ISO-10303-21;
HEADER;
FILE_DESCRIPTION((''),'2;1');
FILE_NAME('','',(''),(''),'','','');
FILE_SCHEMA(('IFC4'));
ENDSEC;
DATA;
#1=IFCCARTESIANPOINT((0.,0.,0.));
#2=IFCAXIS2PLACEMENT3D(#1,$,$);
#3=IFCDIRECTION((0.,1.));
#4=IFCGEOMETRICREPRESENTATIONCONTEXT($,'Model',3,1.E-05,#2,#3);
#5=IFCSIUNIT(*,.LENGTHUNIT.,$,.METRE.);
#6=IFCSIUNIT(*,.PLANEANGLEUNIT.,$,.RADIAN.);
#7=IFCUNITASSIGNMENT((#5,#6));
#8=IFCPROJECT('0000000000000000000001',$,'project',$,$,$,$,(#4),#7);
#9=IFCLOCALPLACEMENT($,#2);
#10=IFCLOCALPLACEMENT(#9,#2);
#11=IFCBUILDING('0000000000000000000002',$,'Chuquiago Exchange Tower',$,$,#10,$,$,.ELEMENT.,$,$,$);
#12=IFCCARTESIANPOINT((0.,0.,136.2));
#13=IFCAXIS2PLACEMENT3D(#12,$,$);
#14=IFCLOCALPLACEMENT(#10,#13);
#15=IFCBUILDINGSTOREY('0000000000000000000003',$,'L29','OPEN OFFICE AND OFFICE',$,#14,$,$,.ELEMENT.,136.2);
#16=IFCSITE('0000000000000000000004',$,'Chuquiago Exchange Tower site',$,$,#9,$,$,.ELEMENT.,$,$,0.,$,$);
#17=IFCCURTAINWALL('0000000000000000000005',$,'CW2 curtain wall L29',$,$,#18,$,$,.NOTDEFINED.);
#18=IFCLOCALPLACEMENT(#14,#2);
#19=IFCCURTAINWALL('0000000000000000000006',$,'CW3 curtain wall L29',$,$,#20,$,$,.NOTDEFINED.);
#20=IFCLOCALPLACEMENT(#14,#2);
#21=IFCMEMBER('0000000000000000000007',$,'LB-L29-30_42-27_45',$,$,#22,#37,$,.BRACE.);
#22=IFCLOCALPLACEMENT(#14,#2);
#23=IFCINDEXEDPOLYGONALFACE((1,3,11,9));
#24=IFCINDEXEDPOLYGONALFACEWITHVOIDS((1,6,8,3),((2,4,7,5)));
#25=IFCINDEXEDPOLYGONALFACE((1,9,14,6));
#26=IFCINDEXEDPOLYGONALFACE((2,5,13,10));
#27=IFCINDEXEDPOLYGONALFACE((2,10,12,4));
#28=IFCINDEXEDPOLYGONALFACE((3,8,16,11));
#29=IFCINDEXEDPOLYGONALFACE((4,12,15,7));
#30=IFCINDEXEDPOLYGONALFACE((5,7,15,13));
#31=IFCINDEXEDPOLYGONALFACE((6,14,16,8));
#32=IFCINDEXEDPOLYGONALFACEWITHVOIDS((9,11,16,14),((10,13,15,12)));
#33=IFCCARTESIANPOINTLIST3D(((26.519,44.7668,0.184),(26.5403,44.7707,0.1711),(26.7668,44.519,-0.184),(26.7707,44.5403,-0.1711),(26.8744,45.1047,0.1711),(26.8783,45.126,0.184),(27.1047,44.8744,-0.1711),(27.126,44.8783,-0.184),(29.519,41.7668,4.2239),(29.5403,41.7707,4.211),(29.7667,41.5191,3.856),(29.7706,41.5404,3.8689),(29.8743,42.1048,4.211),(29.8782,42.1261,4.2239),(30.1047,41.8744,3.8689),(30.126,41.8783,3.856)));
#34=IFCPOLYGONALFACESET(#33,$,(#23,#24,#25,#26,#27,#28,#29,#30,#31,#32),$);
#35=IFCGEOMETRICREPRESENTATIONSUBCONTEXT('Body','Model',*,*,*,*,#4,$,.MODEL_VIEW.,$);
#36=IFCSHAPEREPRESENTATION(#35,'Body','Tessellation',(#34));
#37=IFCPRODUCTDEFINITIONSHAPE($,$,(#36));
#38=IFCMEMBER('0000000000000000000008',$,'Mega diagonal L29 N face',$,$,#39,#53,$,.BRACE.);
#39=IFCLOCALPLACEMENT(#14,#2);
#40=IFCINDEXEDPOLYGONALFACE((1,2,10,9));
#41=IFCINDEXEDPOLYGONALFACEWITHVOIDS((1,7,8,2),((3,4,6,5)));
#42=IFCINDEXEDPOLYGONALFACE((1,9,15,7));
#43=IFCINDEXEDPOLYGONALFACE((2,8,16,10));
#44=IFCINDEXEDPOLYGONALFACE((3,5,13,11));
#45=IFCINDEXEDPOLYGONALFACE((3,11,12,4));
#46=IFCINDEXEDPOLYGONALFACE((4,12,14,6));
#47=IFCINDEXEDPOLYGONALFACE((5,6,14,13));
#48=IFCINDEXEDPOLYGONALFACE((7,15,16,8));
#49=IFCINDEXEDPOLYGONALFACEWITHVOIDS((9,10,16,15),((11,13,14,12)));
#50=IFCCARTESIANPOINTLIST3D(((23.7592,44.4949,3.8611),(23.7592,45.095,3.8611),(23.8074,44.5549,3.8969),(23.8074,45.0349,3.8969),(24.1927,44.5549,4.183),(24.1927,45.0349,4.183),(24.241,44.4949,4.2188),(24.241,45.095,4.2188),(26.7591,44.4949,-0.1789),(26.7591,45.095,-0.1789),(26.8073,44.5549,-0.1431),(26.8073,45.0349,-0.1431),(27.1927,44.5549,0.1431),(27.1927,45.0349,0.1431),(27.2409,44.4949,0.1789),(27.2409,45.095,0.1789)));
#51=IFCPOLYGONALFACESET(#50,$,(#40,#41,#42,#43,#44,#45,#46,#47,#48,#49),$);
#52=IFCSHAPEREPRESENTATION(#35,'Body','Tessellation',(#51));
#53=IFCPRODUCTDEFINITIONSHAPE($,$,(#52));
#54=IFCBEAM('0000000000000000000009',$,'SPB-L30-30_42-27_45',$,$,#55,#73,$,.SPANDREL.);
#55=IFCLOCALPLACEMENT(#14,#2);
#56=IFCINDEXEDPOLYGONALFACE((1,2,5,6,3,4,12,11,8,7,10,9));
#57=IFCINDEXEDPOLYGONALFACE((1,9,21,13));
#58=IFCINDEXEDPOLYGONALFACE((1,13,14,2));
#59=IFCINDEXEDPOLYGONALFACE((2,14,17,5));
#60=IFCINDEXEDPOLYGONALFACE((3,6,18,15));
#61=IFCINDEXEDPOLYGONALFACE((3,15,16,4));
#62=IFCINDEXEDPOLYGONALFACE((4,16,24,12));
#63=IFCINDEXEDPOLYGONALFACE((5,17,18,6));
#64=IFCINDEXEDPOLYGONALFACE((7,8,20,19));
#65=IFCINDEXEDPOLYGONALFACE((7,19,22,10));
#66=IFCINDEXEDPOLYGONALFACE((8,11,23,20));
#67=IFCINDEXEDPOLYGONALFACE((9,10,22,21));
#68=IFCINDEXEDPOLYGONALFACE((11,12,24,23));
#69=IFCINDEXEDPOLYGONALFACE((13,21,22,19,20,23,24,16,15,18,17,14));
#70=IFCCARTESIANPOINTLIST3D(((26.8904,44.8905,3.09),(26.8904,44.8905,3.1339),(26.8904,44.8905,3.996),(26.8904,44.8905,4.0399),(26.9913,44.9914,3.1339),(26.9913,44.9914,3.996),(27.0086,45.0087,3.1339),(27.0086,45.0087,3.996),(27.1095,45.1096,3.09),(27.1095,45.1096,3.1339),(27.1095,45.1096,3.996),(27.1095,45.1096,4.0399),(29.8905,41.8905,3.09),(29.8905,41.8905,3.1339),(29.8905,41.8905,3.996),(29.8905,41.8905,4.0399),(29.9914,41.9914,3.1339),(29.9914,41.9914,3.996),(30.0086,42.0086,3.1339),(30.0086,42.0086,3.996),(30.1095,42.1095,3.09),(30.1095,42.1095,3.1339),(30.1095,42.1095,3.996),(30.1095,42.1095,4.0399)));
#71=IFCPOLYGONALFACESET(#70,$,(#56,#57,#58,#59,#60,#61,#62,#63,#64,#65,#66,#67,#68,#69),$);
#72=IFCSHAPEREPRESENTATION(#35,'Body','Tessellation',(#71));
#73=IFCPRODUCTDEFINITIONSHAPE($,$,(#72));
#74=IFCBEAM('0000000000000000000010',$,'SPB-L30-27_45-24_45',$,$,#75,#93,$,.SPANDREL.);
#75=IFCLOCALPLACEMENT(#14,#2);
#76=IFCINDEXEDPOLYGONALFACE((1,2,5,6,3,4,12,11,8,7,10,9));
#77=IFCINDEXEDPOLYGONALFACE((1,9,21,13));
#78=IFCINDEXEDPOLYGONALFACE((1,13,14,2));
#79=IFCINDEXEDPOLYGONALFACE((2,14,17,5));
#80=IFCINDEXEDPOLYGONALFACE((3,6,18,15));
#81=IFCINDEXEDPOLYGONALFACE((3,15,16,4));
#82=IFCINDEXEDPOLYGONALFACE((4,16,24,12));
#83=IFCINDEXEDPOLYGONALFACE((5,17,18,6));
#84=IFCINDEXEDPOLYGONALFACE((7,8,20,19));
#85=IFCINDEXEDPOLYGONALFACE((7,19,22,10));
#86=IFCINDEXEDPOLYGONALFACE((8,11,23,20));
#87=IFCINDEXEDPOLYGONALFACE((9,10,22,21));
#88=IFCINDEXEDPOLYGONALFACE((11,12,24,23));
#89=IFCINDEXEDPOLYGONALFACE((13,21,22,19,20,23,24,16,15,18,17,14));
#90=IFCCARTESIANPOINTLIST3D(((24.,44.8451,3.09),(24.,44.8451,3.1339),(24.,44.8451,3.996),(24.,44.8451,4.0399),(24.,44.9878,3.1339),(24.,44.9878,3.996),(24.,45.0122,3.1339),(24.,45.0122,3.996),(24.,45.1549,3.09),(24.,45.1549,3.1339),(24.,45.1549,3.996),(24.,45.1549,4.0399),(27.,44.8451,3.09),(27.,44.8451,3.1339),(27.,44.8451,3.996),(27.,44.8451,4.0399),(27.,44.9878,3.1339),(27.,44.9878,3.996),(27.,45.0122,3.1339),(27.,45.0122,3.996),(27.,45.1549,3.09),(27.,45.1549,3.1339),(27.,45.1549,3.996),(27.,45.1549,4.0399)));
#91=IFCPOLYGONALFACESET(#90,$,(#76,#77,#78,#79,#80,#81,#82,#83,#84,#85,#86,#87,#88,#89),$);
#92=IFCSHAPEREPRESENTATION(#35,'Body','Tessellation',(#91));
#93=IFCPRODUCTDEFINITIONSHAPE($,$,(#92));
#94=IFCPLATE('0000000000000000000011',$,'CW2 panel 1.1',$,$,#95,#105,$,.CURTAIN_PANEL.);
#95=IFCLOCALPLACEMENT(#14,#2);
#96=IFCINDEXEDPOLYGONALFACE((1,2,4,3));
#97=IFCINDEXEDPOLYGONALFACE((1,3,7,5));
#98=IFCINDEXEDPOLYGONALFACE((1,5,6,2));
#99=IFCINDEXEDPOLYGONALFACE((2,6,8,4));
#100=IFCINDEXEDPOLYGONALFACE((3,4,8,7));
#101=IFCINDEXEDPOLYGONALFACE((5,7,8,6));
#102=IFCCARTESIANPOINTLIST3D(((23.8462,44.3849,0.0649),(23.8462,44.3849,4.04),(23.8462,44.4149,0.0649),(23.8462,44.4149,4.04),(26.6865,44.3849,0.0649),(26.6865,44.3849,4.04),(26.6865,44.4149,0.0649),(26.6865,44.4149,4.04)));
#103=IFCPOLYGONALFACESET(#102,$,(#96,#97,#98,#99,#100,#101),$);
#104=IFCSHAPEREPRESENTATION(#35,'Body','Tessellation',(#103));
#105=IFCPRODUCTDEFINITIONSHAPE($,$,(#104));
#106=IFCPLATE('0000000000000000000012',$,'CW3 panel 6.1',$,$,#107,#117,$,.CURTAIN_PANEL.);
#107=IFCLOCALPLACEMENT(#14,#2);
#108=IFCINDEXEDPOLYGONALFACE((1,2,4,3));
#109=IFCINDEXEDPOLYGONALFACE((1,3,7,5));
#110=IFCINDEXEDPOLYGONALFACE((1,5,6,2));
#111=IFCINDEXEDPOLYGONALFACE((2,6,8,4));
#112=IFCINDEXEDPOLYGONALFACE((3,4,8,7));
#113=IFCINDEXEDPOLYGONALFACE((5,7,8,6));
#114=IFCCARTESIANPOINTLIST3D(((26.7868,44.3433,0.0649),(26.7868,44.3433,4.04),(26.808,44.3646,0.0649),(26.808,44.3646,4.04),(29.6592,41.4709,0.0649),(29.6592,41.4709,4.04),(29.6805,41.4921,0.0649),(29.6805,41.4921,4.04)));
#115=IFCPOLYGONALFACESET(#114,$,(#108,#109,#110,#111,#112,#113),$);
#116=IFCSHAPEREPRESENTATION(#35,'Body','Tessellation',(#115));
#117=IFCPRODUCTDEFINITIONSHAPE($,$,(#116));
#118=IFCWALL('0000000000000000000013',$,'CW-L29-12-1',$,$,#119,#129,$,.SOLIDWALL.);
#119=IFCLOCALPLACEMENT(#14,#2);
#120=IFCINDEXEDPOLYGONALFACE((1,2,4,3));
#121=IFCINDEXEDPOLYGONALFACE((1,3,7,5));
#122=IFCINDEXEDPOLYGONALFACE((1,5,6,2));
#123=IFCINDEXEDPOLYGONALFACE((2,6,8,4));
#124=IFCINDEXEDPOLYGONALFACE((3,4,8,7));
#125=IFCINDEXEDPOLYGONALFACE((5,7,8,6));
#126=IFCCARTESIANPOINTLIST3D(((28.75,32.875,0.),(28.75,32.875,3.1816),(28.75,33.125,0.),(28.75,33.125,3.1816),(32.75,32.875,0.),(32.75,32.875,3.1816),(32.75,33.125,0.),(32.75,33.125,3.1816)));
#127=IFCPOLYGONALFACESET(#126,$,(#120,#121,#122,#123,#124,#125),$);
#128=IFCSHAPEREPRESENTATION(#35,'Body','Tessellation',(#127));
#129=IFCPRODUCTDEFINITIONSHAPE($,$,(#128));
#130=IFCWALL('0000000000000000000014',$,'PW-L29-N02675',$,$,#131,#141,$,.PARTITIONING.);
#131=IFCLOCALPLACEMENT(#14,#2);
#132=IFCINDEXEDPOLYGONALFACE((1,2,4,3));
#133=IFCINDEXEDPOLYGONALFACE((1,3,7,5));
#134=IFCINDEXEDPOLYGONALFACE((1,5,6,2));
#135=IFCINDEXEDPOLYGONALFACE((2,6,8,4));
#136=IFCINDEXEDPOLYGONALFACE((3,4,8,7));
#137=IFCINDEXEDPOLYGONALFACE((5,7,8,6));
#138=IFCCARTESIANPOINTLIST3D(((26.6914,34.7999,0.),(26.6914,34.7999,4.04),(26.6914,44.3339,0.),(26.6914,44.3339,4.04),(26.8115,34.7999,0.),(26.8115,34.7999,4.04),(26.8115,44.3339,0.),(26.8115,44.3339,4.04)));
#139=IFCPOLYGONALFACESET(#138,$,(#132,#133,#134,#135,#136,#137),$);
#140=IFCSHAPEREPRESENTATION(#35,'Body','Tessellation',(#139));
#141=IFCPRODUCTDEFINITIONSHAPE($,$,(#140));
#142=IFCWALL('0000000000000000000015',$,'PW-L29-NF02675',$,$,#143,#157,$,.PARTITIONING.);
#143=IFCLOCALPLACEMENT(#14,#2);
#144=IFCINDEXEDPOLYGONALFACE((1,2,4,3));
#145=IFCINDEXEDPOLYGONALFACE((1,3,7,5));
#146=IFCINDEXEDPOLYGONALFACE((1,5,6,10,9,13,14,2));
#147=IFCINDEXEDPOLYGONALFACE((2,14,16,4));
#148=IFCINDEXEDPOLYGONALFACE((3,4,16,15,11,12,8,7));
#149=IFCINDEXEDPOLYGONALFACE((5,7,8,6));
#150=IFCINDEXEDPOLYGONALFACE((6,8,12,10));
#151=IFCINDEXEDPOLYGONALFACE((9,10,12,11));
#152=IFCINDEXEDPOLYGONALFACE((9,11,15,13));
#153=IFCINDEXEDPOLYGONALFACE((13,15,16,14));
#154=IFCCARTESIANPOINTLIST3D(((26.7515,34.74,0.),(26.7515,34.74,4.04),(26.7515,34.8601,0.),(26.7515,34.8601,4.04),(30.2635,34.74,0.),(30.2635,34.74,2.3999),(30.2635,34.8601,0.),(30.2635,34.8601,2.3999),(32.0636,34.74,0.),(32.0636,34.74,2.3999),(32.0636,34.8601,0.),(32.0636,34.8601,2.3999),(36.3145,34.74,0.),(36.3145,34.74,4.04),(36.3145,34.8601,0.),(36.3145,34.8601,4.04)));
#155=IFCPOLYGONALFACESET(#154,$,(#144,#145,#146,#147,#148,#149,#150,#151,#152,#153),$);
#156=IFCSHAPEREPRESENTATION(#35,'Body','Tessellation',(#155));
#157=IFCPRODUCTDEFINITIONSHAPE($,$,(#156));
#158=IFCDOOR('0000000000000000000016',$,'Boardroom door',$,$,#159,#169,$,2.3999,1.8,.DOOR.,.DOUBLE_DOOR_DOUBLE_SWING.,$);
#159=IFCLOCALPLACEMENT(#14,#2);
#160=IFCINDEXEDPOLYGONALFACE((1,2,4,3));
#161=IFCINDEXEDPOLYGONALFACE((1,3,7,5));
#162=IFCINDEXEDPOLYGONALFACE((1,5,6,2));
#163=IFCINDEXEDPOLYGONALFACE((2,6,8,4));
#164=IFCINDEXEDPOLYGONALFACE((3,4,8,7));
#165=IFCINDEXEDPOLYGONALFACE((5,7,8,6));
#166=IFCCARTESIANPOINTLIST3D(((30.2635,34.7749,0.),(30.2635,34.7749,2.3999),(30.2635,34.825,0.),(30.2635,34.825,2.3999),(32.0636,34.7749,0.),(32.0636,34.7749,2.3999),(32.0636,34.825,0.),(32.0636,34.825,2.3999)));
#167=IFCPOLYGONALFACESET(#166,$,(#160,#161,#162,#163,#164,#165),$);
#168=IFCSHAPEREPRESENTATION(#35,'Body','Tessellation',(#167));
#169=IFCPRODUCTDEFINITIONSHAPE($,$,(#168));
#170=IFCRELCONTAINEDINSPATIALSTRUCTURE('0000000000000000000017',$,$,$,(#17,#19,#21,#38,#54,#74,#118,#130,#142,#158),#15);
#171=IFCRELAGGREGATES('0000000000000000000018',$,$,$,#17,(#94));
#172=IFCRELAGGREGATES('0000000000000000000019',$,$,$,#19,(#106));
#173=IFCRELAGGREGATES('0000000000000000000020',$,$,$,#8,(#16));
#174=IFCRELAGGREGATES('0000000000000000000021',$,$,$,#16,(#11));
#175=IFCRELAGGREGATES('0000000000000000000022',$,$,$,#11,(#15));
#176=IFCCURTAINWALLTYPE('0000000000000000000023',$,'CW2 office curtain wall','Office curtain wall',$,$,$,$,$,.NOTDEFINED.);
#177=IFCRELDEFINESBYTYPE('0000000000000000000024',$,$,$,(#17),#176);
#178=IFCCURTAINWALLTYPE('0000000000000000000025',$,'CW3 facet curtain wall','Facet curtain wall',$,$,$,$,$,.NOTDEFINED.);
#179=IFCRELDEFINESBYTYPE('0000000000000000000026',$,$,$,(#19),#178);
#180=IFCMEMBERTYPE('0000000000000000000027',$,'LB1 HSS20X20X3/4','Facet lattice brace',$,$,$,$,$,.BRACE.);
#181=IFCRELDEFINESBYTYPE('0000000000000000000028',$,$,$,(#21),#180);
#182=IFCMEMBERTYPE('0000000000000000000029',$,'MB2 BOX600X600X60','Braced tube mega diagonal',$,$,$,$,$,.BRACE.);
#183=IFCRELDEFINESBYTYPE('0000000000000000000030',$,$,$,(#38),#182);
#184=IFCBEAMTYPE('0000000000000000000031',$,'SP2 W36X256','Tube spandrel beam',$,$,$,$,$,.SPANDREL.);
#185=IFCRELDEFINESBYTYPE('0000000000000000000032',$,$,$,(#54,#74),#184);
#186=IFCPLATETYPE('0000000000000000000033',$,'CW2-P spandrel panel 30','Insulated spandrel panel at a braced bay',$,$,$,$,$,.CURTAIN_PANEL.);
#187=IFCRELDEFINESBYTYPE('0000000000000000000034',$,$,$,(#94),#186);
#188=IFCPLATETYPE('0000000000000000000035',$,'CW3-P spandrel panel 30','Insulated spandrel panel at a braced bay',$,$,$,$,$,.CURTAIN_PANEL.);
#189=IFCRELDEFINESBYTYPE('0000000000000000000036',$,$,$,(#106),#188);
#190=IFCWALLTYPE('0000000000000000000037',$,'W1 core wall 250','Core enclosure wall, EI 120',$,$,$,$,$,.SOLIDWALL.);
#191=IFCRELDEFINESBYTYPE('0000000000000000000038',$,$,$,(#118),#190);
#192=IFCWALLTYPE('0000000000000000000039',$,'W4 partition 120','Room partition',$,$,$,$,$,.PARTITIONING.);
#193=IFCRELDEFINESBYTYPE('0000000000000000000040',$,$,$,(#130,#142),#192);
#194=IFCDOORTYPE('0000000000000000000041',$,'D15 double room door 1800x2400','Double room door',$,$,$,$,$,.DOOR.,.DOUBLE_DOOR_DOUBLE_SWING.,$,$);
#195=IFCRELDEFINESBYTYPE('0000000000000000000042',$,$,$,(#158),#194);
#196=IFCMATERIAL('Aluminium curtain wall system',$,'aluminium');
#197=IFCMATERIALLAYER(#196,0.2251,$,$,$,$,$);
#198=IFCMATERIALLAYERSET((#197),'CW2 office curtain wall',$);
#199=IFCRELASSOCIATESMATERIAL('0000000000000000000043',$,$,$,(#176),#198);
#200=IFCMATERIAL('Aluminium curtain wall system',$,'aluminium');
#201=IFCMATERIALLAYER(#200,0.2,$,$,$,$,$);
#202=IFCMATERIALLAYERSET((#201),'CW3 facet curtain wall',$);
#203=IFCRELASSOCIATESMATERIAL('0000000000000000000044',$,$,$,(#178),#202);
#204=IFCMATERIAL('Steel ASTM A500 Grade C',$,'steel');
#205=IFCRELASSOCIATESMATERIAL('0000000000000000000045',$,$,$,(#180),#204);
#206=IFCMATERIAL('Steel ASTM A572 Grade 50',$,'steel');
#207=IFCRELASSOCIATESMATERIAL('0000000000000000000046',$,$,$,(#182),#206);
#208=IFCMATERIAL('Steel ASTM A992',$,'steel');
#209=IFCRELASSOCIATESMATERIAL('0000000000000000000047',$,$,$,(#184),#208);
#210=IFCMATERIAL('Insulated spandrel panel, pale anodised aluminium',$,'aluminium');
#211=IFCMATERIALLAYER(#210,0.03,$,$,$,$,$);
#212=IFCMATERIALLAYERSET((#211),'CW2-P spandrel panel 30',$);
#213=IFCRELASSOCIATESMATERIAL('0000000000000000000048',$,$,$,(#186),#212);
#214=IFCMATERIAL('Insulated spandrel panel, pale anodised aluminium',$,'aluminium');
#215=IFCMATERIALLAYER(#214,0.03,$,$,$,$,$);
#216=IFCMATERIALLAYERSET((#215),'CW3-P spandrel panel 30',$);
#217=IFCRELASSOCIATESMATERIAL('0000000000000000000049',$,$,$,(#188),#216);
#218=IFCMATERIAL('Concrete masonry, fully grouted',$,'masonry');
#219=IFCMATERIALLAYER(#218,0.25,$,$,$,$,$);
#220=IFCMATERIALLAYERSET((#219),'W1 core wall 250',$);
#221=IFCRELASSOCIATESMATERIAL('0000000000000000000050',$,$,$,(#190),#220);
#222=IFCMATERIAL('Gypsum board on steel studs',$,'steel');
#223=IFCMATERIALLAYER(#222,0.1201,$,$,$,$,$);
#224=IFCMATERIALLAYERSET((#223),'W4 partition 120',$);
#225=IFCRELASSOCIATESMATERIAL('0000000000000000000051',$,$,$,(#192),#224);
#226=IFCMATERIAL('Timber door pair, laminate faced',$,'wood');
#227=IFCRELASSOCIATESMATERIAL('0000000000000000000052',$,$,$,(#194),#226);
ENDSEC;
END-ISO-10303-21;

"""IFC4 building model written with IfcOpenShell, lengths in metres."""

from ifc_helpers import new_model, si_unit, direction, frame, frame_2d, origin, origin_2d, place, context, subcontext, project, spatial, rectangle, hollow_rectangle, i_section, extrude, material, layer, layer_set, material_profile, profile_set, type_object, element, fill, aggregate, save


model = new_model("IFC4")

# Units and contexts
model_context = context("Model", 3, precision=1e-05, world=origin(), true_north=direction((0.0, 1.0)))
body_context = subcontext(model_context, "Body", "Model", "MODEL_VIEW")
ifc_project = project(units=[si_unit("LENGTHUNIT", "METRE"), si_unit("PLANEANGLEUNIT", "RADIAN")], contexts=[model_context])

# Site, building, storey
site_placement = place(None, origin())
site = spatial("IfcSite", under=ifc_project, at=site_placement, Name="Chuquiago Exchange Tower site", CompositionType="ELEMENT", RefElevation=0.0)
building_placement = place(site_placement, origin())
building = spatial("IfcBuilding", under=site, at=building_placement, Name="Chuquiago Exchange Tower", CompositionType="ELEMENT")
storey_placement = place(building_placement, frame((0.0, 0.0, 136.2)))
storey = spatial("IfcBuildingStorey", under=building, at=storey_placement, Name="L29", Description="OPEN OFFICE AND OFFICE", CompositionType="ELEMENT", Elevation=136.2)

# Curtain walls
ifc_material_1 = material(Name="Aluminium curtain wall system", Category="aluminium")
ifc_layer_1 = layer(ifc_material_1, 0.2251)
ifc_layer_set_1 = layer_set([ifc_layer_1], Name="CW2 office curtain wall")
curtain_wall_type_1 = type_object("IfcCurtainWallType", Name="CW2 office curtain wall", Description="Office curtain wall", PredefinedType="NOTDEFINED", material=ifc_layer_set_1)
curtain_wall_1_placement = place(storey_placement, origin())
curtain_wall_1 = element("IfcCurtainWall", 1, at=curtain_wall_1_placement, inside=storey, type_object=curtain_wall_type_1, Name="CW2 curtain wall L29", PredefinedType="NOTDEFINED")
ifc_material_2 = material(Name="Aluminium curtain wall system", Category="aluminium")
ifc_layer_2 = layer(ifc_material_2, 0.2)
ifc_layer_set_2 = layer_set([ifc_layer_2], Name="CW3 facet curtain wall")
curtain_wall_type_2 = type_object("IfcCurtainWallType", Name="CW3 facet curtain wall", Description="Facet curtain wall", PredefinedType="NOTDEFINED", material=ifc_layer_set_2)
curtain_wall_2_placement = place(storey_placement, origin())
curtain_wall_2 = element("IfcCurtainWall", 2, at=curtain_wall_2_placement, inside=storey, type_object=curtain_wall_type_2, Name="CW3 curtain wall L29", PredefinedType="NOTDEFINED")

# Members
ifc_material_3 = material(Name="Steel ASTM A500 Grade C", Category="steel")
ifc_material_profile_1 = material_profile(ifc_material_3, hollow_rectangle(XDim=0.5081, YDim=0.5081, WallThickness=0.0178, at=origin_2d()), Name="HSS20X20X3/4")
ifc_profile_set_1 = profile_set([ifc_material_profile_1], Name="Steel ASTM A500 Grade C")
member_type_1 = type_object("IfcMemberType", Name="LB1 HSS20X20X3/4", Description="Facet lattice brace", PredefinedType="BRACE", material=ifc_profile_set_1)
member_1_placement = place(storey_placement, frame((26.8225, 44.8225, 0.0), z_axis=(0.512077, -0.512077, 0.689604), x_axis=(0.707107, 0.707107, 0.0)))
element("IfcMember", 3, at=member_1_placement, inside=storey, type_object=member_type_1, Name="LB-L29-30_42-27_45", PredefinedType="BRACE", context=body_context, shape_type="SweptSolid", body=[
    extrude(hollow_rectangle(XDim=0.5081, YDim=0.5081, WallThickness=0.0178, at=origin_2d()), origin(), (0.0, 0.0, 1.0), 5.8584),
])
ifc_material_4 = material(Name="Steel ASTM A572 Grade 50", Category="steel")
ifc_material_profile_2 = material_profile(ifc_material_4, hollow_rectangle(XDim=0.6001, YDim=0.6001, WallThickness=0.0601, at=origin_2d()), Name="BOX600X600X60")
ifc_profile_set_2 = profile_set([ifc_material_profile_2], Name="Steel ASTM A572 Grade 50")
member_type_2 = type_object("IfcMemberType", Name="MB2 BOX600X600X60", Description="Braced tube mega diagonal", PredefinedType="BRACE", material=ifc_profile_set_2)
member_2_placement = place(storey_placement, frame((27.0, 44.7949, 0.0), z_axis=(-0.596174, 0.0, 0.802855), x_axis=(0.0, -1.0, 0.0)))
element("IfcMember", 4, at=member_2_placement, inside=storey, type_object=member_type_2, Name="Mega diagonal L29 N face", PredefinedType="BRACE", context=body_context, shape_type="SweptSolid", body=[
    extrude(hollow_rectangle(XDim=0.6001, YDim=0.6001, WallThickness=0.0601, at=origin_2d()), origin(), (0.0, 0.0, 1.0), 5.032),
])

# Beams
ifc_material_5 = material(Name="Steel ASTM A992", Category="steel")
ifc_material_profile_3 = material_profile(ifc_material_5, i_section(OverallWidth=0.3098, OverallDepth=0.95, WebThickness=0.0244, FlangeThickness=0.0439, at=origin_2d()), Name="W36X256")
ifc_profile_set_3 = profile_set([ifc_material_profile_3], Name="Steel ASTM A992")
beam_type_1 = type_object("IfcBeamType", Name="SP2 W36X256", Description="Tube spandrel beam", PredefinedType="SPANDREL", material=ifc_profile_set_3)
beam_1_placement = place(storey_placement, frame((30.0, 42.0, 3.5649), z_axis=(-0.707107, 0.707107, 0.0), x_axis=(-0.707107, -0.707107, 0.0)))
element("IfcBeam", 5, at=beam_1_placement, inside=storey, type_object=beam_type_1, Name="SPB-L30-30_42-27_45", PredefinedType="SPANDREL", context=body_context, shape_type="SweptSolid", body=[
    extrude(i_section(OverallWidth=0.3098, OverallDepth=0.95, WebThickness=0.0244, FlangeThickness=0.0439, at=origin_2d()), origin(), (0.0, 0.0, 1.0), 4.2427),
])
beam_2_placement = place(storey_placement, frame((27.0, 45.0, 3.5649), z_axis=(-1.0, 0.0, 0.0), x_axis=(0.0, -1.0, 0.0)))
element("IfcBeam", 6, at=beam_2_placement, inside=storey, type_object=beam_type_1, Name="SPB-L30-27_45-24_45", PredefinedType="SPANDREL", context=body_context, shape_type="SweptSolid", body=[
    extrude(i_section(OverallWidth=0.3098, OverallDepth=0.95, WebThickness=0.0244, FlangeThickness=0.0439, at=origin_2d()), origin(), (0.0, 0.0, 1.0), 3.0),
])

# Plates
ifc_material_6 = material(Name="Insulated spandrel panel, pale anodised aluminium", Category="aluminium")
ifc_layer_3 = layer(ifc_material_6, 0.03)
ifc_layer_set_3 = layer_set([ifc_layer_3], Name="CW2-P spandrel panel 30")
plate_type_1 = type_object("IfcPlateType", Name="CW2-P spandrel panel 30", Description="Insulated spandrel panel at a braced bay", PredefinedType="CURTAIN_PANEL", material=ifc_layer_set_3)
plate_1_placement = place(storey_placement, frame((25.2664, 44.3999, 0.0649), z_axis=(0.0, 0.0, 1.0), x_axis=(-1.0, 0.0, 0.0)))
plate_1 = element("IfcPlate", 7, at=plate_1_placement, type_object=plate_type_1, Name="CW2 panel 1.1", PredefinedType="CURTAIN_PANEL", context=body_context, shape_type="SweptSolid", body=[
    extrude(rectangle(XDim=2.8403, YDim=0.03, at=origin_2d()), origin(), (0.0, 0.0, 1.0), 3.9751),
])
aggregate(curtain_wall_1, [plate_1])
ifc_material_7 = material(Name="Insulated spandrel panel, pale anodised aluminium", Category="aluminium")
ifc_layer_4 = layer(ifc_material_7, 0.03)
ifc_layer_set_4 = layer_set([ifc_layer_4], Name="CW3-P spandrel panel 30")
plate_type_2 = type_object("IfcPlateType", Name="CW3-P spandrel panel 30", Description="Insulated spandrel panel at a braced bay", PredefinedType="CURTAIN_PANEL", material=ifc_layer_set_4)
plate_2_placement = place(storey_placement, frame((28.2336, 42.9177, 0.0649), z_axis=(0.0, 0.0, 1.0), x_axis=(-0.707107, 0.707107, 0.0)))
plate_2 = element("IfcPlate", 8, at=plate_2_placement, type_object=plate_type_2, Name="CW3 panel 6.1", PredefinedType="CURTAIN_PANEL", context=body_context, shape_type="SweptSolid", body=[
    extrude(rectangle(XDim=4.0623, YDim=0.03, at=origin_2d()), origin(), (0.0, 0.0, 1.0), 3.9751),
])
aggregate(curtain_wall_2, [plate_2])

# Walls
ifc_material_8 = material(Name="Concrete masonry, fully grouted", Category="masonry")
ifc_layer_5 = layer(ifc_material_8, 0.25)
ifc_layer_set_5 = layer_set([ifc_layer_5], Name="W1 core wall 250")
wall_type_1 = type_object("IfcWallType", Name="W1 core wall 250", Description="Core enclosure wall, EI 120", PredefinedType="SOLIDWALL", material=ifc_layer_set_5)
wall_1_placement = place(storey_placement, frame((28.75, 33.0, 0.0), z_axis=(0.0, 0.0, 1.0), x_axis=(1.0, 0.0, 0.0)))
element("IfcWall", 9, at=wall_1_placement, inside=storey, type_object=wall_type_1, Name="CW-L29-12-1", PredefinedType="SOLIDWALL", context=body_context, shape_type="SweptSolid", body=[
    extrude(rectangle(XDim=4.0, YDim=0.25, at=frame_2d((2.0, 0.0))), origin(), (0.0, 0.0, 1.0), 3.1816),
])
ifc_material_9 = material(Name="Gypsum board on steel studs", Category="steel")
ifc_layer_6 = layer(ifc_material_9, 0.1201)
ifc_layer_set_6 = layer_set([ifc_layer_6], Name="W4 partition 120")
wall_type_2 = type_object("IfcWallType", Name="W4 partition 120", Description="Room partition", PredefinedType="PARTITIONING", material=ifc_layer_set_6)
wall_2_placement = place(storey_placement, frame((26.7515, 44.334, 0.0), z_axis=(0.0, 0.0, 1.0), x_axis=(0.0, -1.0, 0.0)))
element("IfcWall", 10, at=wall_2_placement, inside=storey, type_object=wall_type_2, Name="PW-L29-N02675", PredefinedType="PARTITIONING", context=body_context, shape_type="SweptSolid", body=[
    extrude(rectangle(XDim=9.5339, YDim=0.1201, at=frame_2d((4.7671, 0.0))), origin(), (0.0, 0.0, 1.0), 4.04),
])

# Wall, opening, door
wall_3_placement = place(storey_placement, frame((26.7515, 34.8, 0.0), z_axis=(0.0, 0.0, 1.0), x_axis=(1.0, 0.0, 0.0)))
wall_3 = element("IfcWall", 11, at=wall_3_placement, inside=storey, type_object=wall_type_2, Name="PW-L29-NF02675", PredefinedType="PARTITIONING", context=body_context, shape_type="SweptSolid", body=[
    extrude(rectangle(XDim=9.563, YDim=0.1201, at=frame_2d((4.7815, 0.0))), origin(), (0.0, 0.0, 1.0), 4.04),
])
opening_placement = place(wall_3_placement, frame((3.5122, 0.0, 0.0)))
opening = element("IfcOpeningElement", 12, at=opening_placement, cuts=wall_3, PredefinedType="OPENING", context=body_context, shape_type="SweptSolid", body=[
    extrude(rectangle(XDim=1.8, YDim=2.3999, at=frame_2d((0.8999, 1.2))), frame((0.0, 0.0701, 0.0), z_axis=(0.0, -1.0, 0.0), x_axis=(1.0, 0.0, 0.0)), (0.0, 0.0, 1.0), 0.1401),
])
ifc_material_10 = material(Name="Timber door pair, laminate faced", Category="wood")
door_type = type_object("IfcDoorType", Name="D15 double room door 1800x2400", Description="Double room door", OperationType="DOUBLE_DOOR_DOUBLE_SWING", PredefinedType="DOOR", material=ifc_material_10)
door_placement = place(opening_placement, origin())
door = element("IfcDoor", 13, at=door_placement, inside=storey, type_object=door_type, Name="Boardroom door", OperationType="DOUBLE_DOOR_DOUBLE_SWING", OverallHeight=2.3999, OverallWidth=1.8, PredefinedType="DOOR", context=body_context, shape_type="SweptSolid", body=[
    extrude(rectangle(XDim=1.8, YDim=2.3999, at=frame_2d((0.8999, 1.2))), frame((0.0, 0.0249, 0.0), z_axis=(0.0, -1.0, 0.0), x_axis=(1.0, 0.0, 0.0)), (0.0, 0.0, 1.0), 0.05),
])
fill(opening, door)

save(model, "model.ifc")
